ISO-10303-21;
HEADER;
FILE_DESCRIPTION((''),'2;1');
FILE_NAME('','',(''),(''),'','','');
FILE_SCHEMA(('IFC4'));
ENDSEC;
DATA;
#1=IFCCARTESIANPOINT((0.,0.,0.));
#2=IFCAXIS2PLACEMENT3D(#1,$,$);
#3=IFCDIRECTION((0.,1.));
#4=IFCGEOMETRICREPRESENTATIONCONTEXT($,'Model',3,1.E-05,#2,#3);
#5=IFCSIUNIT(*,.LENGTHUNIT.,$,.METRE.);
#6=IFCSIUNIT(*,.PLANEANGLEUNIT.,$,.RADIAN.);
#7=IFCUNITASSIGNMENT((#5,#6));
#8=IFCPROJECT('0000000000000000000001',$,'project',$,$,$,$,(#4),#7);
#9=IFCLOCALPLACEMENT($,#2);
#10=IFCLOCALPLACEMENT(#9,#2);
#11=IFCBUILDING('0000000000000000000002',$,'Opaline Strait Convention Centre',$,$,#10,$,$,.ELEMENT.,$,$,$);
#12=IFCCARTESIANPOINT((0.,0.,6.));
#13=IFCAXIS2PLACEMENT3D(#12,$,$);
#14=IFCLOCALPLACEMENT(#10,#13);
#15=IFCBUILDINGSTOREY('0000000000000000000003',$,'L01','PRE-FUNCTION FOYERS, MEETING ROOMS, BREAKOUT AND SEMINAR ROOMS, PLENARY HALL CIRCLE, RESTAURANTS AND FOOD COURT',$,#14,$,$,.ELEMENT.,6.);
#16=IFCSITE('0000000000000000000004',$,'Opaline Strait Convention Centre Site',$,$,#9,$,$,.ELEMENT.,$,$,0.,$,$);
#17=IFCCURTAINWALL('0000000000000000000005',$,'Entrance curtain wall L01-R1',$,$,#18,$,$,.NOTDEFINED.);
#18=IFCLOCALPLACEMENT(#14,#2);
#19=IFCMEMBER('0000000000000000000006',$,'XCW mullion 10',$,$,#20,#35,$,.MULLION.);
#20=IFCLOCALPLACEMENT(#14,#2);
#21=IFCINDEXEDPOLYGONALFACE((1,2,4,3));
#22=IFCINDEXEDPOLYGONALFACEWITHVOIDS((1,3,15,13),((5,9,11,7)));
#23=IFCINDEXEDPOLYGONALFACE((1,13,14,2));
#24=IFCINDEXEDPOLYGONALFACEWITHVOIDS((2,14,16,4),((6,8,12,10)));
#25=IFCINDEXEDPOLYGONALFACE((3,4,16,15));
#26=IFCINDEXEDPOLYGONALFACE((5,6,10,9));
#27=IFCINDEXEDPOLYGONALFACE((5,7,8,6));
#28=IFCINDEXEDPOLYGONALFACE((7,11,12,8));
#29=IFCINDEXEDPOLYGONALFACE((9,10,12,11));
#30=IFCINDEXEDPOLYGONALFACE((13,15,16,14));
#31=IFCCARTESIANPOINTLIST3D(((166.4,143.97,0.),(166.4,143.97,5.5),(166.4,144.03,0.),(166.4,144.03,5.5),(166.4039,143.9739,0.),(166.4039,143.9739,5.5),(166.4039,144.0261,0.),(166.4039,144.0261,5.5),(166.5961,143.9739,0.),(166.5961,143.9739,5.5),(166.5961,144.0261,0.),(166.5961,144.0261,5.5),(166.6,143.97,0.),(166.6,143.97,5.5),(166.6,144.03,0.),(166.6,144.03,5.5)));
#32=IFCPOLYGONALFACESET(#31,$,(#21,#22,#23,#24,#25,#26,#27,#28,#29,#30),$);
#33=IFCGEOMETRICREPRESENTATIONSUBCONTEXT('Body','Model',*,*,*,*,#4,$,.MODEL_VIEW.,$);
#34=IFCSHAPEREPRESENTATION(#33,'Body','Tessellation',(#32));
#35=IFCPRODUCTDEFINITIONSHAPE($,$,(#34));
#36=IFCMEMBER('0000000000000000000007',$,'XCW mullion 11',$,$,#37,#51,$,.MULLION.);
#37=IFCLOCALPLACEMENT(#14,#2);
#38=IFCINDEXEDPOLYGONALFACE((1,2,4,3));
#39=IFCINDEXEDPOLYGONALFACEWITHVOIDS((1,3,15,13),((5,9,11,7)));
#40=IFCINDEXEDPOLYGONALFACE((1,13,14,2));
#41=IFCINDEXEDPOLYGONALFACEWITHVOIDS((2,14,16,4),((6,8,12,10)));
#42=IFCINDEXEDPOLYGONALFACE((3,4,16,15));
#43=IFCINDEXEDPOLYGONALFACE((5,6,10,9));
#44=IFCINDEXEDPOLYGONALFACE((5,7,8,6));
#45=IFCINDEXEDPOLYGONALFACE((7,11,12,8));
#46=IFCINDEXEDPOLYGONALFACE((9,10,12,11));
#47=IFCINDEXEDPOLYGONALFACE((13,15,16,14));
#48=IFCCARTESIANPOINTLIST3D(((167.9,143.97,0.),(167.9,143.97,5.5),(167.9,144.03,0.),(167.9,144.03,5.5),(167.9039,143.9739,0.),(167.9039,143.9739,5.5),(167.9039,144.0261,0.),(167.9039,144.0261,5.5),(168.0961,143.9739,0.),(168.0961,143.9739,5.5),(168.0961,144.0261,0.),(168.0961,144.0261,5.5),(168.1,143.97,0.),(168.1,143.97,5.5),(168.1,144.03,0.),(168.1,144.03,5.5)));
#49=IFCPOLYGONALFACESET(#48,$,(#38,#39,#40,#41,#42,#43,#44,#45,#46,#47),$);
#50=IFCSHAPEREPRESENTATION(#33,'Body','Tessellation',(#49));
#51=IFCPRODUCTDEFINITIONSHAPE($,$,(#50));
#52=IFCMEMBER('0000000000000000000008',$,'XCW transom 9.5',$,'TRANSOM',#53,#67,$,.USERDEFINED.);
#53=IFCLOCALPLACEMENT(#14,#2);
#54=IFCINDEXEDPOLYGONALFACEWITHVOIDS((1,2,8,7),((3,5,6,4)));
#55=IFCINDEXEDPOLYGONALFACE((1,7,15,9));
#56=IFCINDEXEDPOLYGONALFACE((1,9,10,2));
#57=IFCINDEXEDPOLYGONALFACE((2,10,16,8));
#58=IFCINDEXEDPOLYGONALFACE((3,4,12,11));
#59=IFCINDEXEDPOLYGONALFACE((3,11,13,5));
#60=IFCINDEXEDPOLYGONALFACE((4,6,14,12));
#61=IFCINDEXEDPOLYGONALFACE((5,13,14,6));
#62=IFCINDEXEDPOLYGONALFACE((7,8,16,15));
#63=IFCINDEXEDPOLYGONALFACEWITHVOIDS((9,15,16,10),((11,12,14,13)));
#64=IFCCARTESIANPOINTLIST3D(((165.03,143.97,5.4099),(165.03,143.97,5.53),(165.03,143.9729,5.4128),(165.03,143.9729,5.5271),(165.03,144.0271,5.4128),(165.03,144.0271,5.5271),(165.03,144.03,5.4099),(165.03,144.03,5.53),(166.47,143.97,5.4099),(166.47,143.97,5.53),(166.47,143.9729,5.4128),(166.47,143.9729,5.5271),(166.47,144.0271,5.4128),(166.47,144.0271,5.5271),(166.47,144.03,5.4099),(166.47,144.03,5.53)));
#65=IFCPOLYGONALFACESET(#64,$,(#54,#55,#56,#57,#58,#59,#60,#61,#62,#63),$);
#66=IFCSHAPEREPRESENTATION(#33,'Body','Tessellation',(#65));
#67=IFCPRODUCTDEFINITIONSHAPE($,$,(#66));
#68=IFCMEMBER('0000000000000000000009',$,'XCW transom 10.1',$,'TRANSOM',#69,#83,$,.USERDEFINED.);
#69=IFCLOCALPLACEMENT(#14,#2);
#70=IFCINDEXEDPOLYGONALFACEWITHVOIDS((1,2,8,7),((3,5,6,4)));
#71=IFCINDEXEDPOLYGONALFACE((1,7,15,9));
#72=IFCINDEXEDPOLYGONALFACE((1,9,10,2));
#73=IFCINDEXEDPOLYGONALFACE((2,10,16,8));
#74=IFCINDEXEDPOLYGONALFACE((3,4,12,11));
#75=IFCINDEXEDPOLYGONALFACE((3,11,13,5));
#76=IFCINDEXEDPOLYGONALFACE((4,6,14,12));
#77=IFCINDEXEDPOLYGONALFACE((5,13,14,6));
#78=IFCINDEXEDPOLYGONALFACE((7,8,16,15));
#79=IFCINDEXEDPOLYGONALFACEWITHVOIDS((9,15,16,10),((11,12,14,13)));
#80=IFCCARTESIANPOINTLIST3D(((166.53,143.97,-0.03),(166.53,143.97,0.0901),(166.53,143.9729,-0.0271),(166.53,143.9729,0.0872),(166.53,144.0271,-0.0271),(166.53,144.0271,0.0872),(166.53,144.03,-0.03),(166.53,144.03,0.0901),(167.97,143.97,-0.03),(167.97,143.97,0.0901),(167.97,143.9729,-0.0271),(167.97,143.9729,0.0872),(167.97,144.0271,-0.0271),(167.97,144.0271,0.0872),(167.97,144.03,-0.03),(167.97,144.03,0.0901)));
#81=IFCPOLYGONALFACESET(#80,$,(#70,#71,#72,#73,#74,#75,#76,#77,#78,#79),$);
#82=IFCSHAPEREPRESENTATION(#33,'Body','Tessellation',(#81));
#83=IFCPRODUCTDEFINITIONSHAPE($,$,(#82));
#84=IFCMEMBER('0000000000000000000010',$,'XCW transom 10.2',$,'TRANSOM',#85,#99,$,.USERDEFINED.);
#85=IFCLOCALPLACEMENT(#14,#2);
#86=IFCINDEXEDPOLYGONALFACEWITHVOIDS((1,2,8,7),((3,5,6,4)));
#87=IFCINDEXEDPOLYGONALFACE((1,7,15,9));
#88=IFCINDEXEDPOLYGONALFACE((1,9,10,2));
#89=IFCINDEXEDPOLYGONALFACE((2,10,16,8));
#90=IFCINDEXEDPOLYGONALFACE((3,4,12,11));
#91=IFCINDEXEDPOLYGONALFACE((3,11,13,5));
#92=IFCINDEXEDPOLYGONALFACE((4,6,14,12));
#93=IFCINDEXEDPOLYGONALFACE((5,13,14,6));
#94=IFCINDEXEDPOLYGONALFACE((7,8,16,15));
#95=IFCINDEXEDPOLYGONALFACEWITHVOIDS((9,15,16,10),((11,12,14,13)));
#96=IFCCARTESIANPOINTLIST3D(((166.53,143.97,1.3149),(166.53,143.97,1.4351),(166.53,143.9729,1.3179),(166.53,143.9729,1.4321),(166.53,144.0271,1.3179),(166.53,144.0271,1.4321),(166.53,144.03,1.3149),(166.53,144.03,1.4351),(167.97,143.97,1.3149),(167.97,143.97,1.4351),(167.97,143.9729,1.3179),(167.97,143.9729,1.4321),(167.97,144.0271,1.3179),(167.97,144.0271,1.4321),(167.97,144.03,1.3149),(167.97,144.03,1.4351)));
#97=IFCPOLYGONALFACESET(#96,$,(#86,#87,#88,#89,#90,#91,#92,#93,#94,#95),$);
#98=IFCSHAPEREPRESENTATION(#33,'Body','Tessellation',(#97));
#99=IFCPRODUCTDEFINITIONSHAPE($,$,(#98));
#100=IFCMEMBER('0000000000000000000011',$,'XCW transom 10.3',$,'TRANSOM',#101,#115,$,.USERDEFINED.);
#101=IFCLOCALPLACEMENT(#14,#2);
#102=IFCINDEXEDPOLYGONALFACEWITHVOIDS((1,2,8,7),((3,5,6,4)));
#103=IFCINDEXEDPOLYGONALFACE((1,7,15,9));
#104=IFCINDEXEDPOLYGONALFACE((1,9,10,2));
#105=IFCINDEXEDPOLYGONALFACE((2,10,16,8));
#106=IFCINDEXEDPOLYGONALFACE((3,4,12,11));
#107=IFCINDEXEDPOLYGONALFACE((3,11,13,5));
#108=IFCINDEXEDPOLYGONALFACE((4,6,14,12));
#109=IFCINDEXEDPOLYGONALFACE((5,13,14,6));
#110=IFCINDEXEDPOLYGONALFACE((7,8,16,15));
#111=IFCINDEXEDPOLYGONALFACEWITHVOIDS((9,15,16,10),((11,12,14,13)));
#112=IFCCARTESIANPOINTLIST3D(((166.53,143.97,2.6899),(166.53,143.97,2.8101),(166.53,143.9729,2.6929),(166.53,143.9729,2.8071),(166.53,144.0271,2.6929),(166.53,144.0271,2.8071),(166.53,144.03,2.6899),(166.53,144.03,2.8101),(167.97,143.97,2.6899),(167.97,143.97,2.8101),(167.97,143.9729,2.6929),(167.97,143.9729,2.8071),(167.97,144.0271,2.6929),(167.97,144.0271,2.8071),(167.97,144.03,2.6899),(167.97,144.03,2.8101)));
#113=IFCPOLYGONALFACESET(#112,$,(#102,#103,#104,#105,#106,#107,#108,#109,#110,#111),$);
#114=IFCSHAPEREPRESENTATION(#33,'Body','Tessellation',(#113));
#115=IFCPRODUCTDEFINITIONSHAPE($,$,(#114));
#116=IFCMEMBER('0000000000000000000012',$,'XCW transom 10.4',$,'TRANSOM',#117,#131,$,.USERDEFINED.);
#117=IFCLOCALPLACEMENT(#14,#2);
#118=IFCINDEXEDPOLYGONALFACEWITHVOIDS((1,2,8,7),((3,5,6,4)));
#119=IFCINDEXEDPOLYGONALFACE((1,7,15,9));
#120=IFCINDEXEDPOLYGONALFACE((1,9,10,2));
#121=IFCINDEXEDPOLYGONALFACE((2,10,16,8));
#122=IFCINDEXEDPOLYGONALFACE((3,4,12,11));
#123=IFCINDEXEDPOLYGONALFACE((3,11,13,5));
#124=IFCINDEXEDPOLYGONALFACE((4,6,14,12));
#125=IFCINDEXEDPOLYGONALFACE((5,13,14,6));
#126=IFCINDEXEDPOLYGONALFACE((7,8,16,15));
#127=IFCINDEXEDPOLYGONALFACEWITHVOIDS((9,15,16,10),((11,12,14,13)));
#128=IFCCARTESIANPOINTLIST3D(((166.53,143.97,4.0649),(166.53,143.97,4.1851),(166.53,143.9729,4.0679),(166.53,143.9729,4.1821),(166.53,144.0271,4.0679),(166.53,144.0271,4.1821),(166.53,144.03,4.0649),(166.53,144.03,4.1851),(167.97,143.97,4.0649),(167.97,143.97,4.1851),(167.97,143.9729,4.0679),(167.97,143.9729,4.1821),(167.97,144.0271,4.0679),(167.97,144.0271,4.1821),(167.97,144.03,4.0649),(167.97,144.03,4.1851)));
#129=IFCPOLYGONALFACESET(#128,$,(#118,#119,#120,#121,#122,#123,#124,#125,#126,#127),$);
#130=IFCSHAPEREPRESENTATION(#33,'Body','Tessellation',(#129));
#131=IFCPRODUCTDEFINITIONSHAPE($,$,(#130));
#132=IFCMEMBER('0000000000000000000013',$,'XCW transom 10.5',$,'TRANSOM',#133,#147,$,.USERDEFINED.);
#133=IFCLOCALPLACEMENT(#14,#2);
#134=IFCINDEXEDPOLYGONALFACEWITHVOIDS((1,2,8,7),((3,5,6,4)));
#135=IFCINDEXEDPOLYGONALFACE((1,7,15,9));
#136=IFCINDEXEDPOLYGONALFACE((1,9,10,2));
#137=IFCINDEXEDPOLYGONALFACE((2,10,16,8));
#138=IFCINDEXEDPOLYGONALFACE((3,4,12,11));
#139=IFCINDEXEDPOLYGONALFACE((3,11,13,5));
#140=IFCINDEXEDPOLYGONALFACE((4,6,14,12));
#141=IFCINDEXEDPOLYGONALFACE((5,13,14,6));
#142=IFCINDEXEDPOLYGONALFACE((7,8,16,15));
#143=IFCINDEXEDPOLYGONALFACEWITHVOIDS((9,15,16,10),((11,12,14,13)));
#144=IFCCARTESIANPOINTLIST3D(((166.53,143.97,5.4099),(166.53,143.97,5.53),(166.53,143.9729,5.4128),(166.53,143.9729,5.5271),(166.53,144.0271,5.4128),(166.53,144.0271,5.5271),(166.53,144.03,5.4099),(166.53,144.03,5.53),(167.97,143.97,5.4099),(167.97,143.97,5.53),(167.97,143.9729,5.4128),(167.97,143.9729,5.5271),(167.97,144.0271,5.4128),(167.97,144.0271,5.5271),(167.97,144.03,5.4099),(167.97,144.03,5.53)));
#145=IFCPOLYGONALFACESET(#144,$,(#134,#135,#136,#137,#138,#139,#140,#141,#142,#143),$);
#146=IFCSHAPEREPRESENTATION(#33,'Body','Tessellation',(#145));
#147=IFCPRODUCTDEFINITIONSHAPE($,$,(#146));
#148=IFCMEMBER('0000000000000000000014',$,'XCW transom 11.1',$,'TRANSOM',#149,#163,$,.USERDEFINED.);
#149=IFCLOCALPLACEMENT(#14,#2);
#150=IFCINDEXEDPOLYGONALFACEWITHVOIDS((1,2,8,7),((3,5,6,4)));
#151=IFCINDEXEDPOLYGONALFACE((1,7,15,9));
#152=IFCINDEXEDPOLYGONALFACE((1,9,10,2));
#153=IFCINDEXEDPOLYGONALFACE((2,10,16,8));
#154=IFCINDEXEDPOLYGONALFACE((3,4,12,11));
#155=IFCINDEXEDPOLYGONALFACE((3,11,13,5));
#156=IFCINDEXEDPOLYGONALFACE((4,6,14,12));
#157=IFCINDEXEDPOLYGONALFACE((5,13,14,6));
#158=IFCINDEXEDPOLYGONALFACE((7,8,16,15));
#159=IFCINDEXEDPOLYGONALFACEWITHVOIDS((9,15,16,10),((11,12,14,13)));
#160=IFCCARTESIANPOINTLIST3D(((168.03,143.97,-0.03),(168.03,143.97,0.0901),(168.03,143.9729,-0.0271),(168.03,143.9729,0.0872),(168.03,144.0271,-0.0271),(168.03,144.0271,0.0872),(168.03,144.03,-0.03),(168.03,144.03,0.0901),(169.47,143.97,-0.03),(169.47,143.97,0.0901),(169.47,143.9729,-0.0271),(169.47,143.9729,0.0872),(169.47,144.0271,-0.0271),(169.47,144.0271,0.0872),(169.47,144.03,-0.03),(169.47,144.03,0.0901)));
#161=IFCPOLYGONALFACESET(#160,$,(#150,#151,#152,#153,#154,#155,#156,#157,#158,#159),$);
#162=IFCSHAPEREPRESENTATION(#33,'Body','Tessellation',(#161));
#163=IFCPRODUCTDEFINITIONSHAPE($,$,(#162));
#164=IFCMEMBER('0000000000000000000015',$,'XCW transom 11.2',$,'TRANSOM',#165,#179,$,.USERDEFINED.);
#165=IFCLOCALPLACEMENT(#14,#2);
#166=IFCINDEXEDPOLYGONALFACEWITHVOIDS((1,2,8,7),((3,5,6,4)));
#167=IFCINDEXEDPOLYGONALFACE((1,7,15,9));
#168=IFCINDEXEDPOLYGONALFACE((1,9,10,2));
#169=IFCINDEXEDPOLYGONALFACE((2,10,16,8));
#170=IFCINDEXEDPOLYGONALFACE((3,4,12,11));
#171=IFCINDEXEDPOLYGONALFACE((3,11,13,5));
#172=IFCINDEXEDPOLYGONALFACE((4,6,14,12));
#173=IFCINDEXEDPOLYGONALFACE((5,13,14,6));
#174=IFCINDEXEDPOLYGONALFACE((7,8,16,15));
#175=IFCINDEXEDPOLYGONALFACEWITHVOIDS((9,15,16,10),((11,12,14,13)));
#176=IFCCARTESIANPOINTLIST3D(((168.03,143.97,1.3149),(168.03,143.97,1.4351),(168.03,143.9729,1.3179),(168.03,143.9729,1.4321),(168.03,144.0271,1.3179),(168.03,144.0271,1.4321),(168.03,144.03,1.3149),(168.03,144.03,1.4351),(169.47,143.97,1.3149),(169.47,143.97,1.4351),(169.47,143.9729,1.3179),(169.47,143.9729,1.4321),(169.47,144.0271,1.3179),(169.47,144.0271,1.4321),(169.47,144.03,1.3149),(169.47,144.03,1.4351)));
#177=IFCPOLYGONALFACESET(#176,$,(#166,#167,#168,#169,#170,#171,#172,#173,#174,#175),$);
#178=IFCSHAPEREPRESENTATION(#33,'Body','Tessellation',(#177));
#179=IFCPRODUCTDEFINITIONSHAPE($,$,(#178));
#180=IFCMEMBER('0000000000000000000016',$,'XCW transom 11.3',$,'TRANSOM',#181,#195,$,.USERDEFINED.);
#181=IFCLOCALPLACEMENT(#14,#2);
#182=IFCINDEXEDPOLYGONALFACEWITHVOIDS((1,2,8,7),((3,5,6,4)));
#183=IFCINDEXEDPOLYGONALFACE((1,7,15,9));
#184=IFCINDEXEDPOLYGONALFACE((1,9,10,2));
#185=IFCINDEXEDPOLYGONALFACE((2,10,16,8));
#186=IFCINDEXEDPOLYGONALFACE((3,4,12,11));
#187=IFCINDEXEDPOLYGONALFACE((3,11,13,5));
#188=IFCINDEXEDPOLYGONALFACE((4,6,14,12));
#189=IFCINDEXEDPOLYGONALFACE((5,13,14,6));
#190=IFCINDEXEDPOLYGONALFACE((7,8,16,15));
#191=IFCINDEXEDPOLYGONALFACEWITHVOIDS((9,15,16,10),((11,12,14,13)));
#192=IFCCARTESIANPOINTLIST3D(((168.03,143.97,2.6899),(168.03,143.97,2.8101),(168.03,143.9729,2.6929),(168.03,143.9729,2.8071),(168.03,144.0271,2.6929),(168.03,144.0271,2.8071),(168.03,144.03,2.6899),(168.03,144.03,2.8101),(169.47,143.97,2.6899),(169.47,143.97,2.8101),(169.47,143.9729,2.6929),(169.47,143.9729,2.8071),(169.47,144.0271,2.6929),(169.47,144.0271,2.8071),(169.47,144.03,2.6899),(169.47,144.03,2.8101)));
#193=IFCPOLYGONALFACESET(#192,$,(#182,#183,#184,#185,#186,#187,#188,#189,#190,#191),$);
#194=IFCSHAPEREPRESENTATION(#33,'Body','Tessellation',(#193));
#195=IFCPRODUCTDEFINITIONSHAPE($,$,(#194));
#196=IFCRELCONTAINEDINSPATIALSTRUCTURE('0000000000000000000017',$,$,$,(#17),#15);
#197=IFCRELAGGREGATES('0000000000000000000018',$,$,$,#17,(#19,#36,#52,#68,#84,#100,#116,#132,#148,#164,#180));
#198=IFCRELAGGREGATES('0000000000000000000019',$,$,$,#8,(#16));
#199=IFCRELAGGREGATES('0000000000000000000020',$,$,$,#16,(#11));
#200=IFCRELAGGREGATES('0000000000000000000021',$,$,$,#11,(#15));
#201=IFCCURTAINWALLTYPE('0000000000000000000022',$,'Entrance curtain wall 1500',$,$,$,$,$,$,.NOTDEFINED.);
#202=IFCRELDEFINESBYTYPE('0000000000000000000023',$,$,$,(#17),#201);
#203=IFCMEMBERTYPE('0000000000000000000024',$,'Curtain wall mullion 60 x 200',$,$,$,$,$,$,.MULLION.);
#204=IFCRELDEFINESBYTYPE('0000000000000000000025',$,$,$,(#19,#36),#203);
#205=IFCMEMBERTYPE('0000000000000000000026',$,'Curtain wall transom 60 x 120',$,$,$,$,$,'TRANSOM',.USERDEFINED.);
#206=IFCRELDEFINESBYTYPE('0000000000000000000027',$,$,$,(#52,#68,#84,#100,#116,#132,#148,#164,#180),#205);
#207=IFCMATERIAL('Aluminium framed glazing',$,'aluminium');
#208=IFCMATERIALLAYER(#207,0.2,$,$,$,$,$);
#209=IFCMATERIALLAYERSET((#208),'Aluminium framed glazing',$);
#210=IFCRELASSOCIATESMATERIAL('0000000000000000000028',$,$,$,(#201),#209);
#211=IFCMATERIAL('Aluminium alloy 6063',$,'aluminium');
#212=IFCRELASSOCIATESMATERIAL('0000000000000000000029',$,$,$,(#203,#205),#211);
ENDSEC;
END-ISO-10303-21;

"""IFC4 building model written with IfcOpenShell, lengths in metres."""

from ifc_helpers import new_model, si_unit, direction, frame, origin, origin_2d, place, context, subcontext, project, spatial, hollow_rectangle, extrude, material, layer, layer_set, material_profile, profile_set, type_object, element, aggregate, save


model = new_model("IFC4")

# Units and contexts
model_context = context("Model", 3, precision=1e-05, world=origin(), true_north=direction((0.0, 1.0)))
body_context = subcontext(model_context, "Body", "Model", "MODEL_VIEW")
ifc_project = project(units=[si_unit("LENGTHUNIT", "METRE"), si_unit("PLANEANGLEUNIT", "RADIAN")], contexts=[model_context])

# Site, building, storey
site_placement = place(None, origin())
site = spatial("IfcSite", under=ifc_project, at=site_placement, Name="Opaline Strait Convention Centre Site", CompositionType="ELEMENT", RefElevation=0.0)
building_placement = place(site_placement, origin())
building = spatial("IfcBuilding", under=site, at=building_placement, Name="Opaline Strait Convention Centre", CompositionType="ELEMENT")
storey_placement = place(building_placement, frame((0.0, 0.0, 6.0)))
storey = spatial("IfcBuildingStorey", under=building, at=storey_placement, Name="L01", Description="PRE-FUNCTION FOYERS, MEETING ROOMS, BREAKOUT AND SEMINAR ROOMS, PLENARY HALL CIRCLE, RESTAURANTS AND FOOD COURT", CompositionType="ELEMENT", Elevation=6.0)

# Curtain wall, members
ifc_material_1 = material(Name="Aluminium framed glazing", Category="aluminium")
ifc_layer_1 = layer(ifc_material_1, 0.2)
ifc_layer_set_1 = layer_set([ifc_layer_1], Name="Aluminium framed glazing")
curtain_wall_type = type_object("IfcCurtainWallType", Name="Entrance curtain wall 1500", PredefinedType="NOTDEFINED", material=ifc_layer_set_1)
curtain_wall_placement = place(storey_placement, origin())
curtain_wall = element("IfcCurtainWall", 1, at=curtain_wall_placement, inside=storey, type_object=curtain_wall_type, Name="Entrance curtain wall L01-R1", PredefinedType="NOTDEFINED")
ifc_material_2 = material(Name="Aluminium alloy 6063", Category="aluminium")
ifc_material_profile_1 = material_profile(ifc_material_2, hollow_rectangle(XDim=0.0601, YDim=0.2, WallThickness=0.0039, at=origin_2d()), Name="MULLION 60x200x4")
ifc_profile_set_1 = profile_set([ifc_material_profile_1], Name="Aluminium alloy 6063")
member_type_1 = type_object("IfcMemberType", Name="Curtain wall mullion 60 x 200", PredefinedType="MULLION", material=ifc_profile_set_1)
member_1_placement = place(storey_placement, frame((166.5, 144.0, 0.0), z_axis=(0.0, 0.0, 1.0), x_axis=(0.0, 1.0, 0.0)))
member_1 = element("IfcMember", 2, at=member_1_placement, type_object=member_type_1, Name="XCW mullion 10", PredefinedType="MULLION", context=body_context, shape_type="SweptSolid", body=[
    extrude(hollow_rectangle(XDim=0.0601, YDim=0.2, WallThickness=0.0039, at=origin_2d()), origin(), (0.0, 0.0, 1.0), 5.5),
])
member_2_placement = place(storey_placement, frame((168.0, 144.0, 0.0), z_axis=(0.0, 0.0, 1.0), x_axis=(0.0, 1.0, 0.0)))
member_2 = element("IfcMember", 3, at=member_2_placement, type_object=member_type_1, Name="XCW mullion 11", PredefinedType="MULLION", context=body_context, shape_type="SweptSolid", body=[
    extrude(hollow_rectangle(XDim=0.0601, YDim=0.2, WallThickness=0.0039, at=origin_2d()), origin(), (0.0, 0.0, 1.0), 5.5),
])
ifc_material_profile_2 = material_profile(ifc_material_2, hollow_rectangle(XDim=0.0601, YDim=0.1201, WallThickness=0.0029, at=origin_2d()), Name="TRANSOM 60x120x3")
ifc_profile_set_2 = profile_set([ifc_material_profile_2], Name="Aluminium alloy 6063")
member_type_2 = type_object("IfcMemberType", Name="Curtain wall transom 60 x 120", ElementType="TRANSOM", PredefinedType="USERDEFINED", material=ifc_profile_set_2)
member_3_placement = place(storey_placement, frame((165.03, 144.0, 5.47), z_axis=(1.0, 0.0, 0.0), x_axis=(0.0, 1.0, 0.0)))
member_3 = element("IfcMember", 4, at=member_3_placement, type_object=member_type_2, Name="XCW transom 9.5", ObjectType="TRANSOM", PredefinedType="USERDEFINED", context=body_context, shape_type="SweptSolid", body=[
    extrude(hollow_rectangle(XDim=0.0601, YDim=0.1201, WallThickness=0.0029, at=origin_2d()), origin(), (0.0, 0.0, 1.0), 1.4399),
])
member_4_placement = place(storey_placement, frame((166.53, 144.0, 0.03), z_axis=(1.0, 0.0, 0.0), x_axis=(0.0, 1.0, 0.0)))
member_4 = element("IfcMember", 5, at=member_4_placement, type_object=member_type_2, Name="XCW transom 10.1", ObjectType="TRANSOM", PredefinedType="USERDEFINED", context=body_context, shape_type="SweptSolid", body=[
    extrude(hollow_rectangle(XDim=0.0601, YDim=0.1201, WallThickness=0.0029, at=origin_2d()), origin(), (0.0, 0.0, 1.0), 1.4399),
])
member_5_placement = place(storey_placement, frame((166.53, 144.0, 1.375), z_axis=(1.0, 0.0, 0.0), x_axis=(0.0, 1.0, 0.0)))
member_5 = element("IfcMember", 6, at=member_5_placement, type_object=member_type_2, Name="XCW transom 10.2", ObjectType="TRANSOM", PredefinedType="USERDEFINED", context=body_context, shape_type="SweptSolid", body=[
    extrude(hollow_rectangle(XDim=0.0601, YDim=0.1201, WallThickness=0.0029, at=origin_2d()), origin(), (0.0, 0.0, 1.0), 1.4399),
])
member_6_placement = place(storey_placement, frame((166.53, 144.0, 2.75), z_axis=(1.0, 0.0, 0.0), x_axis=(0.0, 1.0, 0.0)))
member_6 = element("IfcMember", 7, at=member_6_placement, type_object=member_type_2, Name="XCW transom 10.3", ObjectType="TRANSOM", PredefinedType="USERDEFINED", context=body_context, shape_type="SweptSolid", body=[
    extrude(hollow_rectangle(XDim=0.0601, YDim=0.1201, WallThickness=0.0029, at=origin_2d()), origin(), (0.0, 0.0, 1.0), 1.4399),
])
member_7_placement = place(storey_placement, frame((166.53, 144.0, 4.125), z_axis=(1.0, 0.0, 0.0), x_axis=(0.0, 1.0, 0.0)))
member_7 = element("IfcMember", 8, at=member_7_placement, type_object=member_type_2, Name="XCW transom 10.4", ObjectType="TRANSOM", PredefinedType="USERDEFINED", context=body_context, shape_type="SweptSolid", body=[
    extrude(hollow_rectangle(XDim=0.0601, YDim=0.1201, WallThickness=0.0029, at=origin_2d()), origin(), (0.0, 0.0, 1.0), 1.4399),
])
member_8_placement = place(storey_placement, frame((166.53, 144.0, 5.47), z_axis=(1.0, 0.0, 0.0), x_axis=(0.0, 1.0, 0.0)))
member_8 = element("IfcMember", 9, at=member_8_placement, type_object=member_type_2, Name="XCW transom 10.5", ObjectType="TRANSOM", PredefinedType="USERDEFINED", context=body_context, shape_type="SweptSolid", body=[
    extrude(hollow_rectangle(XDim=0.0601, YDim=0.1201, WallThickness=0.0029, at=origin_2d()), origin(), (0.0, 0.0, 1.0), 1.4399),
])
member_9_placement = place(storey_placement, frame((168.03, 144.0, 0.03), z_axis=(1.0, 0.0, 0.0), x_axis=(0.0, 1.0, 0.0)))
member_9 = element("IfcMember", 10, at=member_9_placement, type_object=member_type_2, Name="XCW transom 11.1", ObjectType="TRANSOM", PredefinedType="USERDEFINED", context=body_context, shape_type="SweptSolid", body=[
    extrude(hollow_rectangle(XDim=0.0601, YDim=0.1201, WallThickness=0.0029, at=origin_2d()), origin(), (0.0, 0.0, 1.0), 1.4399),
])
member_10_placement = place(storey_placement, frame((168.03, 144.0, 1.375), z_axis=(1.0, 0.0, 0.0), x_axis=(0.0, 1.0, 0.0)))
member_10 = element("IfcMember", 11, at=member_10_placement, type_object=member_type_2, Name="XCW transom 11.2", ObjectType="TRANSOM", PredefinedType="USERDEFINED", context=body_context, shape_type="SweptSolid", body=[
    extrude(hollow_rectangle(XDim=0.0601, YDim=0.1201, WallThickness=0.0029, at=origin_2d()), origin(), (0.0, 0.0, 1.0), 1.4399),
])
member_11_placement = place(storey_placement, frame((168.03, 144.0, 2.75), z_axis=(1.0, 0.0, 0.0), x_axis=(0.0, 1.0, 0.0)))
member_11 = element("IfcMember", 12, at=member_11_placement, type_object=member_type_2, Name="XCW transom 11.3", ObjectType="TRANSOM", PredefinedType="USERDEFINED", context=body_context, shape_type="SweptSolid", body=[
    extrude(hollow_rectangle(XDim=0.0601, YDim=0.1201, WallThickness=0.0029, at=origin_2d()), origin(), (0.0, 0.0, 1.0), 1.4399),
])
aggregate(curtain_wall, [member_1, member_2, member_3, member_4, member_5, member_6, member_7, member_8, member_9, member_10, member_11])

save(model, "model.ifc")
